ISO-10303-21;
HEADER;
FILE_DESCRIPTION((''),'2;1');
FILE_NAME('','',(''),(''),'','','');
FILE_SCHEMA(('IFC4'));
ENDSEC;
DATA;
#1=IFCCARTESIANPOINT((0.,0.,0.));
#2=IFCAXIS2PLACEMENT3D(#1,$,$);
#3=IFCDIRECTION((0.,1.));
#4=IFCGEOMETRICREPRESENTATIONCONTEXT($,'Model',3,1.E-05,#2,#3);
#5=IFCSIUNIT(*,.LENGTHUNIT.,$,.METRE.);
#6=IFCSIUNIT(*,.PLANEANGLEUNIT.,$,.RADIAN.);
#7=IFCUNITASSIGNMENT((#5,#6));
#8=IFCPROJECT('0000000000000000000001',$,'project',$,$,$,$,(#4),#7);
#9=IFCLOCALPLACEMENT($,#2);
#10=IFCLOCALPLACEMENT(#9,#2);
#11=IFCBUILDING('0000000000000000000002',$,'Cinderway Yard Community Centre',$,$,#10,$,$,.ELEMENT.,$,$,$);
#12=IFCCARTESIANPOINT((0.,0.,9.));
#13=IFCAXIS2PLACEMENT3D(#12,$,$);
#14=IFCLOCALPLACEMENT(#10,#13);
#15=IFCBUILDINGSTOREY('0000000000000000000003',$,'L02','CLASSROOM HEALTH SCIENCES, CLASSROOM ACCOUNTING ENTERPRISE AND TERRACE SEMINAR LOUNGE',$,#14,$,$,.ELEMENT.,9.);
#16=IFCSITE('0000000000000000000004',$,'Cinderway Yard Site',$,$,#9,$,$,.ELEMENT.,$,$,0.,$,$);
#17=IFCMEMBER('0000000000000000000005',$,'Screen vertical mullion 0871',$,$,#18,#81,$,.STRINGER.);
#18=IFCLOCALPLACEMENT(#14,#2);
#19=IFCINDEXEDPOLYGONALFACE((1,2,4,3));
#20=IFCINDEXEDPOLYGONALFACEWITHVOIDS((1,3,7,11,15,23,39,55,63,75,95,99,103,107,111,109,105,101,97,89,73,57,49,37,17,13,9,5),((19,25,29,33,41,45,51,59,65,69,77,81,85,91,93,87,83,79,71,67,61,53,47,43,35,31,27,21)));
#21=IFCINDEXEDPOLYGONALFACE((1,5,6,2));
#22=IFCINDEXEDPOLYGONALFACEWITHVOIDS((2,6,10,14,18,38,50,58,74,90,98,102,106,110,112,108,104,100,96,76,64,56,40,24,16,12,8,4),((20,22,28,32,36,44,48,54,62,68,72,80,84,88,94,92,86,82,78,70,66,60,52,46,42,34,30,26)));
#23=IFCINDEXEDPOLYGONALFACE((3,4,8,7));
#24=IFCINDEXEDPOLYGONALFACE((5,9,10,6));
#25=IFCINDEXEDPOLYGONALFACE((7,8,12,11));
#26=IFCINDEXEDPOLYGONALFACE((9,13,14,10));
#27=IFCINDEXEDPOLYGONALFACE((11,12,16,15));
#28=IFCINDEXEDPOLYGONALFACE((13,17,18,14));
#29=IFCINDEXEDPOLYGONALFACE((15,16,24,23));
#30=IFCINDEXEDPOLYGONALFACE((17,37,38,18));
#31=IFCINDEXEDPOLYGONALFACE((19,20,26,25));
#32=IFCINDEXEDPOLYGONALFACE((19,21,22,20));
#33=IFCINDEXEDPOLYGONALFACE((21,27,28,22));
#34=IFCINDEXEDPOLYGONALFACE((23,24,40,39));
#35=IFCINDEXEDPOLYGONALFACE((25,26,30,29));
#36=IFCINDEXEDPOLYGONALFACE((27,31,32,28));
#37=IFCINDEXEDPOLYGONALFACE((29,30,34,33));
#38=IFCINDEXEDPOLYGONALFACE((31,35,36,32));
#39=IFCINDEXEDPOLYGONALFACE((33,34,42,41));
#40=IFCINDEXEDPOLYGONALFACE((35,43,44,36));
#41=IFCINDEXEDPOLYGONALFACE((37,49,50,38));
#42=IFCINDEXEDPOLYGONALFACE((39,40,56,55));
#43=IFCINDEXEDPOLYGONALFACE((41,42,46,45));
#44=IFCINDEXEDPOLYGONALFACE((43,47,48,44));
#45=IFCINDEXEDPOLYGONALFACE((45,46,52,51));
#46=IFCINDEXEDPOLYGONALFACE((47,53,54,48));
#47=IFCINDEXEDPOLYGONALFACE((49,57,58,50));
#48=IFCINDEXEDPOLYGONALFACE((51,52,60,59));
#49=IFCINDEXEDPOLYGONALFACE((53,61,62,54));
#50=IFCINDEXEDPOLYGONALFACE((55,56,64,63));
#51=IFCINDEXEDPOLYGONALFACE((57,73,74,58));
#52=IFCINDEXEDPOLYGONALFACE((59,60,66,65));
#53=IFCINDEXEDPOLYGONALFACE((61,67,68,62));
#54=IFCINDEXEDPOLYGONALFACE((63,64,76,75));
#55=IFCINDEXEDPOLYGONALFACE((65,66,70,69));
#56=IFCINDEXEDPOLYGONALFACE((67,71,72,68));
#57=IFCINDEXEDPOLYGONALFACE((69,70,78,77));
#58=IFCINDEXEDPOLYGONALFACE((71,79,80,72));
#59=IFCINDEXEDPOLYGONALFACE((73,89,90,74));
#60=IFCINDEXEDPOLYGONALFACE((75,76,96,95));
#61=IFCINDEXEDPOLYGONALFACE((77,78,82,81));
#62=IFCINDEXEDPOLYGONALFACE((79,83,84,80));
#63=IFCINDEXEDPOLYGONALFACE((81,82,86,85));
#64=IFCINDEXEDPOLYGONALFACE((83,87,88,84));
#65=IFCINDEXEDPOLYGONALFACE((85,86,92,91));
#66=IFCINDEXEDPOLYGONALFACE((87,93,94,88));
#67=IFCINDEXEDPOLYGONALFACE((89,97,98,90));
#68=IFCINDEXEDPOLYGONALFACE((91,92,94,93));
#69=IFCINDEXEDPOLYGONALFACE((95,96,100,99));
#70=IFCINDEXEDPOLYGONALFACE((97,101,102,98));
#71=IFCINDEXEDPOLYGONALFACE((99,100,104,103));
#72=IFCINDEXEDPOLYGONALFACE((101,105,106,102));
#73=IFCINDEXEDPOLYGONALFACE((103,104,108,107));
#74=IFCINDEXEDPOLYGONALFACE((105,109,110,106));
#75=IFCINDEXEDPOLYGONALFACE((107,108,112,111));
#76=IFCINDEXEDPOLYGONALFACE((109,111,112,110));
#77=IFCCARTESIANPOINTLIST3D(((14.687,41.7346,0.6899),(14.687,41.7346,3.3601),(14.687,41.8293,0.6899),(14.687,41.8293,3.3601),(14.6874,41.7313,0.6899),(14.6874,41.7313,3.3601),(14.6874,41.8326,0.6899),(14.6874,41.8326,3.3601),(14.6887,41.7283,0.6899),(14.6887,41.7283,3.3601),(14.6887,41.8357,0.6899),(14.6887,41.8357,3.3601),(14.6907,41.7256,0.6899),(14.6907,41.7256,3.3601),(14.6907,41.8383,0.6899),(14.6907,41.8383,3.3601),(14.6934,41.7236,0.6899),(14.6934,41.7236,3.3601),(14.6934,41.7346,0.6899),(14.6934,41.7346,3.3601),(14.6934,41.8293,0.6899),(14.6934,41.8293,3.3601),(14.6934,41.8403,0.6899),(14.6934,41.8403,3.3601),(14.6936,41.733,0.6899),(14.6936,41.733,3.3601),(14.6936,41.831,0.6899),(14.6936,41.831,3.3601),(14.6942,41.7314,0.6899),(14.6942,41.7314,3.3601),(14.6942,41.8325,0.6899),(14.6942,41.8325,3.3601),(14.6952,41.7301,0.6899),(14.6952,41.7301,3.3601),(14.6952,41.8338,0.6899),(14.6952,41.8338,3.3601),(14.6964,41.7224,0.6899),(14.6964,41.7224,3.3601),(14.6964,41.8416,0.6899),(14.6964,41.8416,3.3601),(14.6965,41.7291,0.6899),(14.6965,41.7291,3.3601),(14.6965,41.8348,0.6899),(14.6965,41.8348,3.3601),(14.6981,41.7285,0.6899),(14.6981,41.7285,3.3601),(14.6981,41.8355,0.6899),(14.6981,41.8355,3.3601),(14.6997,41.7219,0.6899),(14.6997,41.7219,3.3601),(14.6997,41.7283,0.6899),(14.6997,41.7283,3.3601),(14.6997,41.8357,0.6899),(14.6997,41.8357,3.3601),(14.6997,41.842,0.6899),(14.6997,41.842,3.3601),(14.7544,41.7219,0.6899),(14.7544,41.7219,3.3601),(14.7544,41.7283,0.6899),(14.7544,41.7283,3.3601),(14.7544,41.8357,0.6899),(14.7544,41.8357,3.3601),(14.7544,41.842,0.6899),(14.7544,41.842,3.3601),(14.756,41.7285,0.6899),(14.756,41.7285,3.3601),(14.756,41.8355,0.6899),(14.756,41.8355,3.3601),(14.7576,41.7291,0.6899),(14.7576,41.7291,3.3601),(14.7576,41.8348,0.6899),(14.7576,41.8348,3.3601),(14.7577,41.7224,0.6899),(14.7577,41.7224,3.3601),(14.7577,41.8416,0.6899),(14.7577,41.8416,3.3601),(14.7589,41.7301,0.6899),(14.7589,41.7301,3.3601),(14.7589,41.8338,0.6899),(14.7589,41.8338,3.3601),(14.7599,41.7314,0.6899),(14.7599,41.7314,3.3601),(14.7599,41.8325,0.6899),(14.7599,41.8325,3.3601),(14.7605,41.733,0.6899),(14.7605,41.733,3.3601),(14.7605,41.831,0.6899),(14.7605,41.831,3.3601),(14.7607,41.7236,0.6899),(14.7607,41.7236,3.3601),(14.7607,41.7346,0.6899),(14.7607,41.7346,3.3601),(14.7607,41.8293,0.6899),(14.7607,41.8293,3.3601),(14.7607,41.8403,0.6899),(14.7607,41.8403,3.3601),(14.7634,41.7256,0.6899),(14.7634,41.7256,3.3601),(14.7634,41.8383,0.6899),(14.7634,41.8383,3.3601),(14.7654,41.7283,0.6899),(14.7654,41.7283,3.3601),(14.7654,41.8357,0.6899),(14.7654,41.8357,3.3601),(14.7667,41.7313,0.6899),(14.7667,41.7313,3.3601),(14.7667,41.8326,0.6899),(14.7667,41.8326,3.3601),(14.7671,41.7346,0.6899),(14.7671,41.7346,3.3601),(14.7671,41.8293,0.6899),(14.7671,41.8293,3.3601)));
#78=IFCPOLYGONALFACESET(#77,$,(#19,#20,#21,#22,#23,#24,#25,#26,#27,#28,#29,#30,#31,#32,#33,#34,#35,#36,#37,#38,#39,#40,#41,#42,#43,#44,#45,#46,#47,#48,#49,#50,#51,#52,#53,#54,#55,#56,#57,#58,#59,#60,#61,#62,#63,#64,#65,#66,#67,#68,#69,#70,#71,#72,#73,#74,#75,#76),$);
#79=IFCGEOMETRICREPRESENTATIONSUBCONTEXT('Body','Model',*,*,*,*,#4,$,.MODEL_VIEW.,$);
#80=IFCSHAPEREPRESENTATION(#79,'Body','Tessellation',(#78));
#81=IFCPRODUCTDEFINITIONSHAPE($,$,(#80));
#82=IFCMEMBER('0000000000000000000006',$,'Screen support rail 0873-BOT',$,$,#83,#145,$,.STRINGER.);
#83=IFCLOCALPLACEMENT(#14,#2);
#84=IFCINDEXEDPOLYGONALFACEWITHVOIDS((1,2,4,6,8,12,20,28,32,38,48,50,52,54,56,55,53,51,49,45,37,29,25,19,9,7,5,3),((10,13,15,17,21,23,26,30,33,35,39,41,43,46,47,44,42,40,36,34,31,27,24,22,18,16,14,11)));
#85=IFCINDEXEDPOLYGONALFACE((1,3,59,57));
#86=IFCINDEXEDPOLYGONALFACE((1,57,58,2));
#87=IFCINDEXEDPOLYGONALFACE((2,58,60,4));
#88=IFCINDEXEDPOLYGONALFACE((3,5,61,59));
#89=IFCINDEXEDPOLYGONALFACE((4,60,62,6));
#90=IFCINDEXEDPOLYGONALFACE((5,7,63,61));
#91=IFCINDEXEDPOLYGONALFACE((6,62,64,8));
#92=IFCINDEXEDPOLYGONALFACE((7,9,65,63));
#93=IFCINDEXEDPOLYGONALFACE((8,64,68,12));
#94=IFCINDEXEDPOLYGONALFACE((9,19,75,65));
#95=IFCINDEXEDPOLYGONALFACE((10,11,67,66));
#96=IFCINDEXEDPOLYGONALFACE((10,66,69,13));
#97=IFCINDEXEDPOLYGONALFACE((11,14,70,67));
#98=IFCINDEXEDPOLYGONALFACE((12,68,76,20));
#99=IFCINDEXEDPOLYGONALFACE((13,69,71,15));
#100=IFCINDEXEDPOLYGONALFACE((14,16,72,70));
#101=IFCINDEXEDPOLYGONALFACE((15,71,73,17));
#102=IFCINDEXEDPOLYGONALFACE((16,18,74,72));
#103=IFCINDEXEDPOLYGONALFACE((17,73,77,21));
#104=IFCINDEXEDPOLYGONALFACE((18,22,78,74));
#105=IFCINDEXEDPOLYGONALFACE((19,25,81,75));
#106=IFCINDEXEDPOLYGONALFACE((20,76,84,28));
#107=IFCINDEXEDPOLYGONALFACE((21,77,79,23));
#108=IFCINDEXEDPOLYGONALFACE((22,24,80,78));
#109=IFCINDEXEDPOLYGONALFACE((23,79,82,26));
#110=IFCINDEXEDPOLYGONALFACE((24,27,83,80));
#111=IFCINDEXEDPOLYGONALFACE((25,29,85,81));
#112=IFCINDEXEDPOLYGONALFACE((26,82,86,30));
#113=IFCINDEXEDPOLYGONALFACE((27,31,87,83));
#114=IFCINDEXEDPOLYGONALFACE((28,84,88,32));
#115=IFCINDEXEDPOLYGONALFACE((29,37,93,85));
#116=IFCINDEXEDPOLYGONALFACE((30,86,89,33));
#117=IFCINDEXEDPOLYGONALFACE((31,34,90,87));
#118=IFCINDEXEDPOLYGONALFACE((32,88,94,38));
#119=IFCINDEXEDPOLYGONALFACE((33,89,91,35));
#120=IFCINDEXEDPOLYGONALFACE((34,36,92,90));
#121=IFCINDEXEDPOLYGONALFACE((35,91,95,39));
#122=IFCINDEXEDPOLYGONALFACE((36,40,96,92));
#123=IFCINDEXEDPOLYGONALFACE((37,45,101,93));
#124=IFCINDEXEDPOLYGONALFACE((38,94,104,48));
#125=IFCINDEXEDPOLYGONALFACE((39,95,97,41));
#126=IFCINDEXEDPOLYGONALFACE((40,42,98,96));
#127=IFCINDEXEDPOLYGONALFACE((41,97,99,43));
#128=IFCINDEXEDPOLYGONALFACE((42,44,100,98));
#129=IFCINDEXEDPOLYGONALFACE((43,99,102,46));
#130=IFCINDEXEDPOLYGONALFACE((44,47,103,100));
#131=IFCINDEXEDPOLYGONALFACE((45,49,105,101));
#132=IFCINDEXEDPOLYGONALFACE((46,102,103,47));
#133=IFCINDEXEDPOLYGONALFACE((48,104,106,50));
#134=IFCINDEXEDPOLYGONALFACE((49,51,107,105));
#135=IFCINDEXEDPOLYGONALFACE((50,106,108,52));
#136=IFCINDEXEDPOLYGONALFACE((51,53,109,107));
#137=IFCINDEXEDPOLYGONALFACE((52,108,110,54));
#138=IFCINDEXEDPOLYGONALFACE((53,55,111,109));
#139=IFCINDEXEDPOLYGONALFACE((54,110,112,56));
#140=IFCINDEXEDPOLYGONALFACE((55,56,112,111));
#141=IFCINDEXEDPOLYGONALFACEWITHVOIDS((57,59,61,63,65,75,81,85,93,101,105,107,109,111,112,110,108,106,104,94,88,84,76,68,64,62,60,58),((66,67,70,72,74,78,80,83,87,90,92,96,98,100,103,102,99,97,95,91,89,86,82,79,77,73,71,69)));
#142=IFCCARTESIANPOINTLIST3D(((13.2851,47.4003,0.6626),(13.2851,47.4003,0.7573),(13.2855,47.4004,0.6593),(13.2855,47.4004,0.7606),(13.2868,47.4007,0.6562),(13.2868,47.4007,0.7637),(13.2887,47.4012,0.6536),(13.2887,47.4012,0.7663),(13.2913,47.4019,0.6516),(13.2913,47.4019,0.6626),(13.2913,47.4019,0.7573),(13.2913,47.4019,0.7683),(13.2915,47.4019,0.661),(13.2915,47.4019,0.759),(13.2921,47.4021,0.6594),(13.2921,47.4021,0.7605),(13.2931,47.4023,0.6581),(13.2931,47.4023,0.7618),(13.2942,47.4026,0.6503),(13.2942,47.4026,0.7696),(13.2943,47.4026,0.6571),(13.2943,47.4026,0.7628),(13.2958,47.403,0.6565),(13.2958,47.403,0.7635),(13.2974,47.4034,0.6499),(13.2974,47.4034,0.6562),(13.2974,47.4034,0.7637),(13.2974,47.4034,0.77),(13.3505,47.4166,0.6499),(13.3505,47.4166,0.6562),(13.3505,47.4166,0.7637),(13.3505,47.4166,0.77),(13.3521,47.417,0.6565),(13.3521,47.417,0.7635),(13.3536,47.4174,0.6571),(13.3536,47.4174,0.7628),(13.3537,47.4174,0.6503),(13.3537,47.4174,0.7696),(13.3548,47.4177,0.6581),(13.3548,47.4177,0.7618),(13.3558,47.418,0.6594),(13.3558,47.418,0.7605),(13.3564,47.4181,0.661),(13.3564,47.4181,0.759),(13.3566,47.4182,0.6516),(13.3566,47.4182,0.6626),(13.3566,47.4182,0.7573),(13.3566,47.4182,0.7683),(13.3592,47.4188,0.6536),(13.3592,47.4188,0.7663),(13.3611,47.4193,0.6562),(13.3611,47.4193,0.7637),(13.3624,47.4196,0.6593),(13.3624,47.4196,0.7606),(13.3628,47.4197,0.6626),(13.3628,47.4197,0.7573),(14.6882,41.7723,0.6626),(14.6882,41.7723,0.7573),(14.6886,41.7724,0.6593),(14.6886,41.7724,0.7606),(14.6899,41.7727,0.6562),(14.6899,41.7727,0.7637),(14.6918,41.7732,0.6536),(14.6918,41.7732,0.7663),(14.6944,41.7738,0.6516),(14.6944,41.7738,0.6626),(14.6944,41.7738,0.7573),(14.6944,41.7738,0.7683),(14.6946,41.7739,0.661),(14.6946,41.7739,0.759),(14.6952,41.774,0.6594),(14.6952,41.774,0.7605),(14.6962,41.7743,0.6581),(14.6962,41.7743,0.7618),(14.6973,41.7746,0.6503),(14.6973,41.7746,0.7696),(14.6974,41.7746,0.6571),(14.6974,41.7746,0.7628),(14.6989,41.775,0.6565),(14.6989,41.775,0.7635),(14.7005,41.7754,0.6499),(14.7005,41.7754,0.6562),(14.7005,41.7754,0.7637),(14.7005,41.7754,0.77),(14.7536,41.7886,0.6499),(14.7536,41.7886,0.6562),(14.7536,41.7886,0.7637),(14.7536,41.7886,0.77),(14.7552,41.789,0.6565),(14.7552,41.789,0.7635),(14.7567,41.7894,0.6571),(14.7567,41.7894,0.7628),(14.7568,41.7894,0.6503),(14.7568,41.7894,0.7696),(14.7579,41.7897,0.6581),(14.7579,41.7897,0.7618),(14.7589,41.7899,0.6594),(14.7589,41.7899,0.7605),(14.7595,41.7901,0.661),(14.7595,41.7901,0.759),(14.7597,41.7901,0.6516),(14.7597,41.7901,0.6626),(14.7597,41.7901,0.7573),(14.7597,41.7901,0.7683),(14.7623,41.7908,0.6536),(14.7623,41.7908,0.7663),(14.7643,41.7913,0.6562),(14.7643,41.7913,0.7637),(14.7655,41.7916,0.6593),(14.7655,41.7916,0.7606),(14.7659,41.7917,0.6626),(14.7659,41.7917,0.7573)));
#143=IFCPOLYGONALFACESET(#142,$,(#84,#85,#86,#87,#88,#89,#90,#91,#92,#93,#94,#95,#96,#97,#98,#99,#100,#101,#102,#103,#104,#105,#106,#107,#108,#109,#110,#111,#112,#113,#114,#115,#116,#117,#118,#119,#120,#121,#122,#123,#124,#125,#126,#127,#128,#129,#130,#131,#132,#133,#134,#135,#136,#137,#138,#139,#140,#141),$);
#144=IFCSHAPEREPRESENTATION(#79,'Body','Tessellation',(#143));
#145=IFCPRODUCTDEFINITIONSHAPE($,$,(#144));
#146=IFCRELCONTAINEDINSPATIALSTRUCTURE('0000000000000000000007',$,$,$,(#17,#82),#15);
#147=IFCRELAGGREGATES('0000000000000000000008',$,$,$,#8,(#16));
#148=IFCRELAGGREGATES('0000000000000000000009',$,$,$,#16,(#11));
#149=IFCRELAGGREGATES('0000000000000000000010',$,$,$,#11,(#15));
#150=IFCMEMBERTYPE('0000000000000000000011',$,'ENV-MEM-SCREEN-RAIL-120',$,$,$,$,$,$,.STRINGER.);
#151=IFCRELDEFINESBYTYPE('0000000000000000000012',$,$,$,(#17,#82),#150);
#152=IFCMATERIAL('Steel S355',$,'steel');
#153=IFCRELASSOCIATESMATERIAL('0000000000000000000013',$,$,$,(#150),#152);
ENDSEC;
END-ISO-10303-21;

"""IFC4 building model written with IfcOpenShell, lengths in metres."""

from ifc_helpers import new_model, si_unit, direction, frame, origin, origin_2d, place, context, subcontext, project, spatial, hollow_rectangle, extrude, material, material_profile, profile_set, type_object, element, save


model = new_model("IFC4")

# Units and contexts
model_context = context("Model", 3, precision=1e-05, world=origin(), true_north=direction((0.0, 1.0)))
body_context = subcontext(model_context, "Body", "Model", "MODEL_VIEW")
ifc_project = project(units=[si_unit("LENGTHUNIT", "METRE"), si_unit("PLANEANGLEUNIT", "RADIAN")], contexts=[model_context])

# Site, building, storey
site_placement = place(None, origin())
site = spatial("IfcSite", under=ifc_project, at=site_placement, Name="Cinderway Yard Site", CompositionType="ELEMENT", RefElevation=0.0)
building_placement = place(site_placement, origin())
building = spatial("IfcBuilding", under=site, at=building_placement, Name="Cinderway Yard Community Centre", CompositionType="ELEMENT")
storey_placement = place(building_placement, frame((0.0, 0.0, 9.0)))
storey = spatial("IfcBuildingStorey", under=building, at=storey_placement, Name="L02", Description="CLASSROOM HEALTH SCIENCES, CLASSROOM ACCOUNTING ENTERPRISE AND TERRACE SEMINAR LOUNGE", CompositionType="ELEMENT", Elevation=9.0)

# Members
ifc_material_1 = material(Name="Steel S355", Category="steel")
ifc_material_profile_1 = material_profile(ifc_material_1, hollow_rectangle(XDim=0.0801, YDim=0.1201, WallThickness=0.0063, InnerFilletRadius=0.0063, OuterFilletRadius=0.0127, at=origin_2d()), Name="Steel S355")
ifc_profile_set_1 = profile_set([ifc_material_profile_1], Name="Steel S355")
member_type_1 = type_object("IfcMemberType", Name="ENV-MEM-SCREEN-RAIL-120", PredefinedType="STRINGER", material=ifc_profile_set_1)
for number, where, z_axis, x_axis, name in (
    (1, (14.7271, 41.782, 0.6899), (0.0, 0.0, 1.0), (1.0, 0.0, 0.0), "Screen vertical mullion 0871"),
):
    element("IfcMember", number, at=place(storey_placement, frame(where, z_axis=z_axis, x_axis=x_axis)), inside=storey, type_object=member_type_1, Name=name, PredefinedType="STRINGER", context=body_context, shape_type="SweptSolid", body=[
        extrude(hollow_rectangle(XDim=0.0801, YDim=0.1201, WallThickness=0.0063, InnerFilletRadius=0.0063, OuterFilletRadius=0.0127, at=origin_2d()), origin(), (0.0, 0.0, 1.0), 2.6702),
    ])
for number, where, z_axis, x_axis, name in (
    (2, (14.7271, 41.782, 0.71), (-0.241902, 0.970301, 0.0), (-0.970301, -0.241902, 0.0), "Screen support rail 0873-BOT"),
):
    element("IfcMember", number, at=place(storey_placement, frame(where, z_axis=z_axis, x_axis=x_axis)), inside=storey, type_object=member_type_1, Name=name, PredefinedType="STRINGER", context=body_context, shape_type="SweptSolid", body=[
        extrude(hollow_rectangle(XDim=0.0801, YDim=0.1201, WallThickness=0.0063, InnerFilletRadius=0.0063, OuterFilletRadius=0.0127, at=origin_2d()), origin(), (0.0, 0.0, 1.0), 5.8003),
    ])

save(model, "model.ifc")
